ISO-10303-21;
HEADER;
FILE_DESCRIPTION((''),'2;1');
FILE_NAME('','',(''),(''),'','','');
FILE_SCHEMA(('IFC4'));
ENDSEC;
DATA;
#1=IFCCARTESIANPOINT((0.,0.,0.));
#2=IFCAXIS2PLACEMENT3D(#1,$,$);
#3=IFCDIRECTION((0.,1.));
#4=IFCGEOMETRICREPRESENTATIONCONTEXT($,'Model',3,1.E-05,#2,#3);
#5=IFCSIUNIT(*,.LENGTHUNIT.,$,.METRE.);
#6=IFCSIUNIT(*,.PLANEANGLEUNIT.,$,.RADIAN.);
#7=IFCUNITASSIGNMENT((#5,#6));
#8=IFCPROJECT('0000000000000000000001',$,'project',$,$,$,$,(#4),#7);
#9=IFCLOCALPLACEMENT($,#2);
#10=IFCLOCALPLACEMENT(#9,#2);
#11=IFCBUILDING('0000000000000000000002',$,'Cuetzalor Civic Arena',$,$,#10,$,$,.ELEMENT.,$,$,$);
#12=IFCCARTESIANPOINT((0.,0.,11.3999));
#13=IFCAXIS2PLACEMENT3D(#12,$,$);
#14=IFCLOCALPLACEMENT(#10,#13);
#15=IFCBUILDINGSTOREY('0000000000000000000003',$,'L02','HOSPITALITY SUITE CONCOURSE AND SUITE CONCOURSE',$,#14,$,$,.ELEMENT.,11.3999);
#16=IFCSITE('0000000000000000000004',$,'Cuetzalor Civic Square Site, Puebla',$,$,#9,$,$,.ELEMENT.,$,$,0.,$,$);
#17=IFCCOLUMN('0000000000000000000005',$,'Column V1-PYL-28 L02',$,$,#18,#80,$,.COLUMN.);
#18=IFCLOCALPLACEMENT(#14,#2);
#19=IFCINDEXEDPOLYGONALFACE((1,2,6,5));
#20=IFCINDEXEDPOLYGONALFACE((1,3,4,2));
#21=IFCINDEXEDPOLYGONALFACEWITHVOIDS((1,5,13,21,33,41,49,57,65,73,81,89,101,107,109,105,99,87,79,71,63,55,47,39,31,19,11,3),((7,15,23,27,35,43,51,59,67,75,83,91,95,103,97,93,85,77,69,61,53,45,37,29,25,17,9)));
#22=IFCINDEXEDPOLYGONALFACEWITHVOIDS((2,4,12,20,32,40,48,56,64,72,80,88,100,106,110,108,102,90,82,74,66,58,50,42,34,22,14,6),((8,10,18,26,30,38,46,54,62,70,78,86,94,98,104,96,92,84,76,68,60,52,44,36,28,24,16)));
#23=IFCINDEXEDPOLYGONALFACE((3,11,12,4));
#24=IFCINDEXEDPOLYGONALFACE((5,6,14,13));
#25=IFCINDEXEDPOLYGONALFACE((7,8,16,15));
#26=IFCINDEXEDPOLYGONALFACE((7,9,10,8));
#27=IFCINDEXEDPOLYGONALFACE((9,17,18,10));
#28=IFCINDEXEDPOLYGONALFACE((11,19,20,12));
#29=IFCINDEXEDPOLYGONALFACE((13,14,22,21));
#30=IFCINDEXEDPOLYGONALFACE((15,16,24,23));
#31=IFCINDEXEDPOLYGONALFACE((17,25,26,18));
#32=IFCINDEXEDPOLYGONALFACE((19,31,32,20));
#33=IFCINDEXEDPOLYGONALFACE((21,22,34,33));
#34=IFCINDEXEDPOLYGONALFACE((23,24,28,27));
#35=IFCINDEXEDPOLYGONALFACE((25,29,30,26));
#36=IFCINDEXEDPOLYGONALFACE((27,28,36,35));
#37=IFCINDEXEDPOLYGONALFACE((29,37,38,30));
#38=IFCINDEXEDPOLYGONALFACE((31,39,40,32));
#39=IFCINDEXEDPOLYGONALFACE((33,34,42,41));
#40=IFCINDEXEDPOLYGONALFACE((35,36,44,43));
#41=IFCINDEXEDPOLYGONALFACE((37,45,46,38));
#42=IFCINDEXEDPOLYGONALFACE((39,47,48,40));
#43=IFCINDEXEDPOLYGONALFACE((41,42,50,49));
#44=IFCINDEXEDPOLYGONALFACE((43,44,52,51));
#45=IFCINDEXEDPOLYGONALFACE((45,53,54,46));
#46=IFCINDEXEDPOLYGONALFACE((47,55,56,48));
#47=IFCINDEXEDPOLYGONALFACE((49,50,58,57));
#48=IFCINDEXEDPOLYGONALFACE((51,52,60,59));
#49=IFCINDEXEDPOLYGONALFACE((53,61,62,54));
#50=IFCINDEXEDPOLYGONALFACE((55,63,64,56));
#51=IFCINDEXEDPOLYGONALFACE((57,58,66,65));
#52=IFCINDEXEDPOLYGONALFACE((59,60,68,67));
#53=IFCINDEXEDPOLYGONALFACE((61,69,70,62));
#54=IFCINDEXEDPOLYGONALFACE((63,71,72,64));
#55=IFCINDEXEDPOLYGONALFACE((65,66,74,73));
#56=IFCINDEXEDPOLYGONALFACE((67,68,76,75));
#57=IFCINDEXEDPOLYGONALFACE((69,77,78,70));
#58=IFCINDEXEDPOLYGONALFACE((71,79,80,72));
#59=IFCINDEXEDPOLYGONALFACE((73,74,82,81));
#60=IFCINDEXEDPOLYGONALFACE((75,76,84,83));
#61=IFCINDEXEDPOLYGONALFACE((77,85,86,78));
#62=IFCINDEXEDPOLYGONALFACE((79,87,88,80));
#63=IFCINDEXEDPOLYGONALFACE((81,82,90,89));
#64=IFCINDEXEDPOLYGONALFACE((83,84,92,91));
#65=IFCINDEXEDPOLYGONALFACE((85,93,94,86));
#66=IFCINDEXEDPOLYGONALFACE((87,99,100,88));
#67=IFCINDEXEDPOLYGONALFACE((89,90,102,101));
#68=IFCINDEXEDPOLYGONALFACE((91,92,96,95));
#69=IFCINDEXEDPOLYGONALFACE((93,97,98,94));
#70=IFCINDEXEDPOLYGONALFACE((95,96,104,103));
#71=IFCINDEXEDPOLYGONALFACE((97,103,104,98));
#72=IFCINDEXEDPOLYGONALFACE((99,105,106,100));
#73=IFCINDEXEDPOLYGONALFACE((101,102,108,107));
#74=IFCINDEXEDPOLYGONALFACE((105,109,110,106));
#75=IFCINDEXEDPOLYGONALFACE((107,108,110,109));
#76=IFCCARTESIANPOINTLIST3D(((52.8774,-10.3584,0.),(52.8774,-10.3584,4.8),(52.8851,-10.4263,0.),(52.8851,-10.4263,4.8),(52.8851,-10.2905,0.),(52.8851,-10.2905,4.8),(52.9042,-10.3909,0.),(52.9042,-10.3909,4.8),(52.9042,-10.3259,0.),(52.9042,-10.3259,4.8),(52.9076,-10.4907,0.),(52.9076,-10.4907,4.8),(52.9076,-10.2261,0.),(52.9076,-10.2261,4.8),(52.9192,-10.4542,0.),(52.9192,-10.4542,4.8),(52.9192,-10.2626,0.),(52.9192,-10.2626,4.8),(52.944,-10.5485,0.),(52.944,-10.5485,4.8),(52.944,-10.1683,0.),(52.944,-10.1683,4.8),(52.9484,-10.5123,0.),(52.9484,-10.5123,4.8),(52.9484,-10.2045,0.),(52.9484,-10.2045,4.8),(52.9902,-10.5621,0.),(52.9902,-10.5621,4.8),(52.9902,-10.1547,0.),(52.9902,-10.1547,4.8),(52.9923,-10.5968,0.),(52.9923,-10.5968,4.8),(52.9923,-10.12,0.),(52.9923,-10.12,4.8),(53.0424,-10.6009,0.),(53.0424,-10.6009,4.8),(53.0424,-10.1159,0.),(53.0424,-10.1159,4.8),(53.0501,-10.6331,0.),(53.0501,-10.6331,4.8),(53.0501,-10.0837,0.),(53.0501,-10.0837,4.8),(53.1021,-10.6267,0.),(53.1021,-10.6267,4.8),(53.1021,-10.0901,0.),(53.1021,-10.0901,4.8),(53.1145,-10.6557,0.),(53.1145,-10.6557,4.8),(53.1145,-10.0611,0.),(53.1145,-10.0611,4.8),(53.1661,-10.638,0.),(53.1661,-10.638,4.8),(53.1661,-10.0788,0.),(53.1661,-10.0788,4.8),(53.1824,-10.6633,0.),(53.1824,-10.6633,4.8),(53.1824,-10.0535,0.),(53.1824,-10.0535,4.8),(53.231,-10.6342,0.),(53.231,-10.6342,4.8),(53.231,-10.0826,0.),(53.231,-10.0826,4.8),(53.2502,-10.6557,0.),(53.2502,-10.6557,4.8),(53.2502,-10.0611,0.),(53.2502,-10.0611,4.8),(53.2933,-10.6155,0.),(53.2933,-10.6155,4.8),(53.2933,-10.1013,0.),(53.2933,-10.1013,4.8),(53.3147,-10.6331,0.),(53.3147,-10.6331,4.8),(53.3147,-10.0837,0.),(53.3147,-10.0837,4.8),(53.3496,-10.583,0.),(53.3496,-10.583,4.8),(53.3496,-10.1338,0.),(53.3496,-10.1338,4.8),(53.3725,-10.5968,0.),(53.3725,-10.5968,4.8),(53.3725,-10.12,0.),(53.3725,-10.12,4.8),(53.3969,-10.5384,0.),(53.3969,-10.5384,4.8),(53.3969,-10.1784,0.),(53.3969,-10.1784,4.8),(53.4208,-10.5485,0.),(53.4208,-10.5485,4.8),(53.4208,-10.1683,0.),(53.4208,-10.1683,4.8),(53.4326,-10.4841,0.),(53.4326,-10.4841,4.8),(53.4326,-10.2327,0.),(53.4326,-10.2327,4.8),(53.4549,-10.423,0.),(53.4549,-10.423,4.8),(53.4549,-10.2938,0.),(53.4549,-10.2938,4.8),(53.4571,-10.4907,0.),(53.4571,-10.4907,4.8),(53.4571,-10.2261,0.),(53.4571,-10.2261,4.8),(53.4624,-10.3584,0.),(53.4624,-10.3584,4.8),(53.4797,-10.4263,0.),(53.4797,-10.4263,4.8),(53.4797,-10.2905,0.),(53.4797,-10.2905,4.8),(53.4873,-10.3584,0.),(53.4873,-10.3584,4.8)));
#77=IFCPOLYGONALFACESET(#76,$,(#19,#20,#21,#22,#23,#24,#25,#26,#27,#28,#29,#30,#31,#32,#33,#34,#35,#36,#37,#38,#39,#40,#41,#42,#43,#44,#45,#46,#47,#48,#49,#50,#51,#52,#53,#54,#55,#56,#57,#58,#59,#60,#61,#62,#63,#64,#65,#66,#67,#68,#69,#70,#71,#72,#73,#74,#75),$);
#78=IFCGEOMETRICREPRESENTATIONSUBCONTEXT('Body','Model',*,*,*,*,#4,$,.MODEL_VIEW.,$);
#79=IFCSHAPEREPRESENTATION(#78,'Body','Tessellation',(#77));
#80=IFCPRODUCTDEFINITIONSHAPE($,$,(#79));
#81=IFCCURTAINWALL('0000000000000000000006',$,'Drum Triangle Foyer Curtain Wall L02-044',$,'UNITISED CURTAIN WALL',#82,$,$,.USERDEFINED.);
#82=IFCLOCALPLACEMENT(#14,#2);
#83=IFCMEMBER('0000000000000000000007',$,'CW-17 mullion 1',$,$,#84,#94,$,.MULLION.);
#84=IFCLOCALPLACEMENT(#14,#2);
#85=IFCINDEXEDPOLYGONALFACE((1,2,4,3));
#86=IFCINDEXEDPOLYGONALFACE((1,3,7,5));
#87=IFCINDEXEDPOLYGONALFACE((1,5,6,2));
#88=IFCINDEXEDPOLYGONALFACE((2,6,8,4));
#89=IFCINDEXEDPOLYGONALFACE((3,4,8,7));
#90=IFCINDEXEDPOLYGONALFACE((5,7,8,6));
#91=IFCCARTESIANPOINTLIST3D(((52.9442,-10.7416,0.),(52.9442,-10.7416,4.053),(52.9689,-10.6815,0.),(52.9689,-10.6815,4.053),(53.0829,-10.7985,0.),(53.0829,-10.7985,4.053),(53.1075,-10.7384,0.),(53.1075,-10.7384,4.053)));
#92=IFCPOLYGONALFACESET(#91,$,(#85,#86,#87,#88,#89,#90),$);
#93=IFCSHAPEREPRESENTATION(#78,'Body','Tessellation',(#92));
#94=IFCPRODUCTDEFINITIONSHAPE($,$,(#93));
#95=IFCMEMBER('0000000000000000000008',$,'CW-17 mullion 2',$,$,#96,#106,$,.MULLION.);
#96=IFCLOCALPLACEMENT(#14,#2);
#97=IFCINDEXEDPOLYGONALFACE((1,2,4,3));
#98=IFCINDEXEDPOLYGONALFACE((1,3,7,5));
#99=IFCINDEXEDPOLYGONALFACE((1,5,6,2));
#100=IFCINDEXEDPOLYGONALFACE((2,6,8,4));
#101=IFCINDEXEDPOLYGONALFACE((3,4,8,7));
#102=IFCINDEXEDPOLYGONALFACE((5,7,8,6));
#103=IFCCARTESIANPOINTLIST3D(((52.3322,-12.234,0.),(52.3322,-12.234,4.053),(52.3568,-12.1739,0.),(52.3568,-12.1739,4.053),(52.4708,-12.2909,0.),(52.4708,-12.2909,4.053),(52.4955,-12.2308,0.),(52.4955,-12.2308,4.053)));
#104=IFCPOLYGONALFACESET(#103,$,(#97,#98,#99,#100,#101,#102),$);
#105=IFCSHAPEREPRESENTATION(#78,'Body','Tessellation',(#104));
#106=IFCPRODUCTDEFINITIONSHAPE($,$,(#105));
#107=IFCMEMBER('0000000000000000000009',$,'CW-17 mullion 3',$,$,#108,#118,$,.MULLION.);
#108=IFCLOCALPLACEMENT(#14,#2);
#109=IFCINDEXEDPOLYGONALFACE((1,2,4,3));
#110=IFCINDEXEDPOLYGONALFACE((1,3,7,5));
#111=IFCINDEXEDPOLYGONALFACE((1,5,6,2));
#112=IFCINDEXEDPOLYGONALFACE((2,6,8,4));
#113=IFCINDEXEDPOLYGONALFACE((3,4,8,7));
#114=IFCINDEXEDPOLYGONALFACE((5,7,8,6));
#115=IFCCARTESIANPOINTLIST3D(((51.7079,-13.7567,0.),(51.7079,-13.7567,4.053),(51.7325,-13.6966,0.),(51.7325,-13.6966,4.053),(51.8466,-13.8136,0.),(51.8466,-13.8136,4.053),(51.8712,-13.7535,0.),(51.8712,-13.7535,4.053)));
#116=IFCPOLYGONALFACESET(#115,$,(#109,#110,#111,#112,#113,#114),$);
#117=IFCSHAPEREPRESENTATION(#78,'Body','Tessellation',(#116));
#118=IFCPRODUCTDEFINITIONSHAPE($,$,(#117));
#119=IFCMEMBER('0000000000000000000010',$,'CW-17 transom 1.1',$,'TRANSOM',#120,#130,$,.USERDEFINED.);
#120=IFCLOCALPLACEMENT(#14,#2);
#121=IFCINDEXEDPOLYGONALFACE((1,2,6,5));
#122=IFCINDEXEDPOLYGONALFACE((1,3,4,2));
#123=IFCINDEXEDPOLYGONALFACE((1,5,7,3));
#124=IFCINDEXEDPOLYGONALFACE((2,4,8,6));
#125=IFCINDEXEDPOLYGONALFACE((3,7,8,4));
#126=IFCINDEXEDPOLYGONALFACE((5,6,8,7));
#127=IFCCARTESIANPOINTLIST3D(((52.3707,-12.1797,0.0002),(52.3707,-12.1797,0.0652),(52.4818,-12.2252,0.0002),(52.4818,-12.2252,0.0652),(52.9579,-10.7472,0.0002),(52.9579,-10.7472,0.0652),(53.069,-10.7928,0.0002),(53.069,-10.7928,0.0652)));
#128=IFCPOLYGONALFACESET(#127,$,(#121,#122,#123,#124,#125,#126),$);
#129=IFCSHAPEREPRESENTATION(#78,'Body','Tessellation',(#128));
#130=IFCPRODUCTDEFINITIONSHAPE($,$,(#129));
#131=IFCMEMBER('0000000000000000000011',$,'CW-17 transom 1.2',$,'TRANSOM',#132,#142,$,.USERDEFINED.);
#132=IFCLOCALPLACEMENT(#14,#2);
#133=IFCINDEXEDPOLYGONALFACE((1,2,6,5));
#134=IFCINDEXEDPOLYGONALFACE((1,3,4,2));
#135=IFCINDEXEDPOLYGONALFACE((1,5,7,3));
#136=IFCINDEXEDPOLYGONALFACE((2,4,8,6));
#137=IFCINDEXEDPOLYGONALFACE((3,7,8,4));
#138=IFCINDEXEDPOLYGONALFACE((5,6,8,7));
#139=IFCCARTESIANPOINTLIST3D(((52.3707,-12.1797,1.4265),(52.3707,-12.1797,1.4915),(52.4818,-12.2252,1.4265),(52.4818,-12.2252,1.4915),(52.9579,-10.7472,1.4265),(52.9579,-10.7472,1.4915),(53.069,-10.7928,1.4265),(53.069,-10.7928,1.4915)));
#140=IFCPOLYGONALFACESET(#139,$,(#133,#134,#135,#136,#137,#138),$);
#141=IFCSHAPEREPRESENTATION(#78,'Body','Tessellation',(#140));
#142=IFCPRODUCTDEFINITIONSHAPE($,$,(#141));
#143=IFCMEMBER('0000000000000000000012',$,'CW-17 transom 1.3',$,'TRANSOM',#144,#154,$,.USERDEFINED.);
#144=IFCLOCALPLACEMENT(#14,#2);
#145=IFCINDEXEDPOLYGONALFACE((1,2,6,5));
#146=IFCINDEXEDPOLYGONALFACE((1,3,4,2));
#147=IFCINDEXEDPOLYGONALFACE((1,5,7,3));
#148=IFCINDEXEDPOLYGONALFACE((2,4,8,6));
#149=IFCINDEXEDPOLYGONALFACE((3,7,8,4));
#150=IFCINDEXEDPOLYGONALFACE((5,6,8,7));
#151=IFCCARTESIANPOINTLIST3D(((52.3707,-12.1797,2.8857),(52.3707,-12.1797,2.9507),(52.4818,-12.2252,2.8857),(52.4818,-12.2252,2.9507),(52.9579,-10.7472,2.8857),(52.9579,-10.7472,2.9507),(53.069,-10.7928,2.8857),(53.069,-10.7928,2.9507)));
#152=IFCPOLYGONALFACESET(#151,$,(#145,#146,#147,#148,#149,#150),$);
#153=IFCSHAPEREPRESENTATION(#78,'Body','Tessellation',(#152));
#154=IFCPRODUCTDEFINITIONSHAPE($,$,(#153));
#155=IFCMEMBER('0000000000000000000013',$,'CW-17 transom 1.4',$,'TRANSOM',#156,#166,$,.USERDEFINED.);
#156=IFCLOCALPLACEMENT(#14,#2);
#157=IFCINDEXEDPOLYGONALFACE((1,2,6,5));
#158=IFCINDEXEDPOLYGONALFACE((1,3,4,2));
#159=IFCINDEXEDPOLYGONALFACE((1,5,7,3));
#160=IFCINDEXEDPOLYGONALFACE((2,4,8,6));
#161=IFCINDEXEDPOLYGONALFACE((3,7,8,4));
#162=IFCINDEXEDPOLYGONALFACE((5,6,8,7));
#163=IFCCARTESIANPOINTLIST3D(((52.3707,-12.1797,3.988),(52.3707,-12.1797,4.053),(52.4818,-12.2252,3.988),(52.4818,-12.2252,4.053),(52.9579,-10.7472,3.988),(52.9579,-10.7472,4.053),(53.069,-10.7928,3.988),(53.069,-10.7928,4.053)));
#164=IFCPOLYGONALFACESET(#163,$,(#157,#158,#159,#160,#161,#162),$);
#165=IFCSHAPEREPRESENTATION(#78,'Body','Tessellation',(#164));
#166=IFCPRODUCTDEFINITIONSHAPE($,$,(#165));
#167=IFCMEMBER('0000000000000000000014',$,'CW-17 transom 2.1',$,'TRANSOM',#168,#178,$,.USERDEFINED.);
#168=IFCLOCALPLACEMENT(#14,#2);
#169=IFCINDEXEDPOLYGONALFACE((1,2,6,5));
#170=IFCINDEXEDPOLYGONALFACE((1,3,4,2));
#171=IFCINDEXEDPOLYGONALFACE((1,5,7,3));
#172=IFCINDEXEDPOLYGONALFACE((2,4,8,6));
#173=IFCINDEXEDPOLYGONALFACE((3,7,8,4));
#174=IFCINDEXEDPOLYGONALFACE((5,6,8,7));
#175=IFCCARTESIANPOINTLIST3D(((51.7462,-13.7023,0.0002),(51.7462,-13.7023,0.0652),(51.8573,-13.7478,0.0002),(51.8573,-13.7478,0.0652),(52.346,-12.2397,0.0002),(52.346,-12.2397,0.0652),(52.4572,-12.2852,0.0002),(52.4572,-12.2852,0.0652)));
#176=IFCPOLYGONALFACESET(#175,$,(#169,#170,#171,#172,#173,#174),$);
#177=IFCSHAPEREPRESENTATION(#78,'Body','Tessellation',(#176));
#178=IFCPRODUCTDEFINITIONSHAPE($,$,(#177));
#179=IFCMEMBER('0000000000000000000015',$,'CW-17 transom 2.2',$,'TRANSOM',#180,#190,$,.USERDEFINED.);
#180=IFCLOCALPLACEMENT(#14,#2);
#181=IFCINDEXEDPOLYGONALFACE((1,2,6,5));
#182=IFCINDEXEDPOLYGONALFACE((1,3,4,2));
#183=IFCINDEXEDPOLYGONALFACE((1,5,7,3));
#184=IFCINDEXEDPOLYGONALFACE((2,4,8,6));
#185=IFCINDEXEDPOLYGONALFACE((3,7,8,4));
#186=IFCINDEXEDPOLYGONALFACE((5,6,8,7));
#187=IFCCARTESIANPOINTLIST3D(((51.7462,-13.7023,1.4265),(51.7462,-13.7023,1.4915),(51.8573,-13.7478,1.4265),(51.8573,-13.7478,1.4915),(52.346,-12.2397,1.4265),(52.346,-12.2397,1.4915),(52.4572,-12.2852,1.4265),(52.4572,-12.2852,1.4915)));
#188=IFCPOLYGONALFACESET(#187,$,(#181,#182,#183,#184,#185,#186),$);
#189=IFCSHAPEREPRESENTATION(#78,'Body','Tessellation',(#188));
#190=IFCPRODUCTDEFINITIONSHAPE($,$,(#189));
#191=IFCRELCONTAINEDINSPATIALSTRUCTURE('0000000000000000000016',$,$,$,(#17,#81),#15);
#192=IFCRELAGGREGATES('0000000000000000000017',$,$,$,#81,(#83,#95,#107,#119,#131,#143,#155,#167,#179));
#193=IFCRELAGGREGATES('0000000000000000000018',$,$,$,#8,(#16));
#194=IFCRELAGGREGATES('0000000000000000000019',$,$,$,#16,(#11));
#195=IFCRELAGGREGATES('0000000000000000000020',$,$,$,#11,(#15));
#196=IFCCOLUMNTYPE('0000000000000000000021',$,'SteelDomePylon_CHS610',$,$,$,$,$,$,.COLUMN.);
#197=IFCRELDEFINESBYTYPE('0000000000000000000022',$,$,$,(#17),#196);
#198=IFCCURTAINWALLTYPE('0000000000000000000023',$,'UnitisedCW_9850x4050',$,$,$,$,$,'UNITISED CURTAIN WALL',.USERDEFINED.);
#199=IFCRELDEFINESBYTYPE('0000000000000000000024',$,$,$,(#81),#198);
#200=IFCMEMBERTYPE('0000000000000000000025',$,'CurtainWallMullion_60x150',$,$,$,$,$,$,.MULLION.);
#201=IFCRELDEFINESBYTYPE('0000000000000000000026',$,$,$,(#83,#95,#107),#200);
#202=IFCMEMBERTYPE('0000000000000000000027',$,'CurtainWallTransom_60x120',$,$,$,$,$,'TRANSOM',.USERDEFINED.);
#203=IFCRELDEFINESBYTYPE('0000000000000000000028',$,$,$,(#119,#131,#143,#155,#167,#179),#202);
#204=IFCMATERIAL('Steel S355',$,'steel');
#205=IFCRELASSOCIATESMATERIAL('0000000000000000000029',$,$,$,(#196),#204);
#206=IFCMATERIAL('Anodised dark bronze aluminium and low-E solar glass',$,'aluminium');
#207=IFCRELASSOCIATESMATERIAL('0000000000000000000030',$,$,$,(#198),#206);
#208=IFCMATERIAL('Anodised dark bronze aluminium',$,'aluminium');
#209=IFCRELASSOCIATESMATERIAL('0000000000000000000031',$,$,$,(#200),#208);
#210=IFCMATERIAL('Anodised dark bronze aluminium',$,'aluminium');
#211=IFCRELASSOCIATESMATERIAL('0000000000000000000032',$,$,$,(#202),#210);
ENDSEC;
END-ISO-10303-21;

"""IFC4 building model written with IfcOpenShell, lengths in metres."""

from ifc_helpers import new_model, si_unit, direction, frame, origin, origin_2d, place, context, subcontext, project, spatial, rectangle, hollow_circle, extrude, material, material_profile, profile_set, type_object, element, aggregate, save


model = new_model("IFC4")

# Units and contexts
model_context = context("Model", 3, precision=1e-05, world=origin(), true_north=direction((0.0, 1.0)))
body_context = subcontext(model_context, "Body", "Model", "MODEL_VIEW")
ifc_project = project(units=[si_unit("LENGTHUNIT", "METRE"), si_unit("PLANEANGLEUNIT", "RADIAN")], contexts=[model_context])

# Site, building, storey
site_placement = place(None, origin())
site = spatial("IfcSite", under=ifc_project, at=site_placement, Name="Cuetzalor Civic Square Site, Puebla", CompositionType="ELEMENT", RefElevation=0.0)
building_placement = place(site_placement, origin())
building = spatial("IfcBuilding", under=site, at=building_placement, Name="Cuetzalor Civic Arena", CompositionType="ELEMENT")
storey_placement = place(building_placement, frame((0.0, 0.0, 11.3999)))
storey = spatial("IfcBuildingStorey", under=building, at=storey_placement, Name="L02", Description="HOSPITALITY SUITE CONCOURSE AND SUITE CONCOURSE", CompositionType="ELEMENT", Elevation=11.3999)

# Column
ifc_material_1 = material(Name="Steel S355", Category="steel")
ifc_material_profile_1 = material_profile(ifc_material_1, hollow_circle(Radius=0.3049, WallThickness=0.0249, at=origin_2d()), Name="CHS 610x25")
ifc_profile_set_1 = profile_set([ifc_material_profile_1], Name="Steel S355")
column_type = type_object("IfcColumnType", Name="SteelDomePylon_CHS610", PredefinedType="COLUMN", material=ifc_profile_set_1)
column_placement = place(storey_placement, frame((53.1824, -10.3584, 0.0), z_axis=(0.0, 0.0, 1.0), x_axis=(1.0, 0.0, 0.0)))
element("IfcColumn", 1, at=column_placement, inside=storey, type_object=column_type, Name="Column V1-PYL-28 L02", PredefinedType="COLUMN", context=body_context, shape_type="SweptSolid", body=[
    extrude(hollow_circle(Radius=0.3049, WallThickness=0.0249, at=origin_2d()), origin(), (0.0, 0.0, 1.0), 4.8),
])

# Curtain wall, members
ifc_material_2 = material(Name="Anodised dark bronze aluminium and low-E solar glass", Category="aluminium")
curtain_wall_type = type_object("IfcCurtainWallType", Name="UnitisedCW_9850x4050", ElementType="UNITISED CURTAIN WALL", PredefinedType="USERDEFINED", material=ifc_material_2)
curtain_wall_placement = place(storey_placement, origin())
curtain_wall = element("IfcCurtainWall", 2, at=curtain_wall_placement, inside=storey, type_object=curtain_wall_type, Name="Drum Triangle Foyer Curtain Wall L02-044", ObjectType="UNITISED CURTAIN WALL", PredefinedType="USERDEFINED")
ifc_material_3 = material(Name="Anodised dark bronze aluminium", Category="aluminium")
ifc_material_profile_2 = material_profile(ifc_material_3, rectangle(XDim=0.0649, YDim=0.1499, at=origin_2d()), Name="ALU MULLION 65x150")
ifc_profile_set_2 = profile_set([ifc_material_profile_2], Name="Anodised dark bronze aluminium")
member_type_1 = type_object("IfcMemberType", Name="CurtainWallMullion_60x150", PredefinedType="MULLION", material=ifc_profile_set_2)
member_1_placement = place(storey_placement, frame((53.0259, -10.74, 0.0), z_axis=(0.0, 0.0, 1.0), x_axis=(-0.379391, -0.925236, 0.0)))
member_1 = element("IfcMember", 3, at=member_1_placement, type_object=member_type_1, Name="CW-17 mullion 1", PredefinedType="MULLION", context=body_context, shape_type="SweptSolid", body=[
    extrude(rectangle(XDim=0.0649, YDim=0.1499, at=origin_2d()), origin(), (0.0, 0.0, 1.0), 4.053),
])
member_2_placement = place(storey_placement, frame((52.4138, -12.2324, 0.0), z_axis=(0.0, 0.0, 1.0), x_axis=(-0.379391, -0.925236, 0.0)))
member_2 = element("IfcMember", 4, at=member_2_placement, type_object=member_type_1, Name="CW-17 mullion 2", PredefinedType="MULLION", context=body_context, shape_type="SweptSolid", body=[
    extrude(rectangle(XDim=0.0649, YDim=0.1499, at=origin_2d()), origin(), (0.0, 0.0, 1.0), 4.053),
])
member_3_placement = place(storey_placement, frame((51.7896, -13.7551, 0.0), z_axis=(0.0, 0.0, 1.0), x_axis=(-0.379391, -0.925236, 0.0)))
member_3 = element("IfcMember", 5, at=member_3_placement, type_object=member_type_1, Name="CW-17 mullion 3", PredefinedType="MULLION", context=body_context, shape_type="SweptSolid", body=[
    extrude(rectangle(XDim=0.0649, YDim=0.1499, at=origin_2d()), origin(), (0.0, 0.0, 1.0), 4.053),
])
ifc_material_4 = material(Name="Anodised dark bronze aluminium", Category="aluminium")
ifc_material_profile_3 = material_profile(ifc_material_4, rectangle(XDim=0.1201, YDim=0.0649, at=origin_2d()), Name="ALU TRANSOM 65x120")
ifc_profile_set_3 = profile_set([ifc_material_profile_3], Name="Anodised dark bronze aluminium")
member_type_2 = type_object("IfcMemberType", Name="CurtainWallTransom_60x120", ElementType="TRANSOM", PredefinedType="USERDEFINED", material=ifc_profile_set_3)
member_4_placement = place(storey_placement, frame((53.0134, -10.77, 0.0327), z_axis=(-0.37929, -0.925278, 0.0), x_axis=(0.925278, -0.37929, 0.0)))
member_4 = element("IfcMember", 6, at=member_4_placement, type_object=member_type_2, Name="CW-17 transom 1.1", ObjectType="TRANSOM", PredefinedType="USERDEFINED", context=body_context, shape_type="SweptSolid", body=[
    extrude(rectangle(XDim=0.1201, YDim=0.0649, at=origin_2d()), origin(), (0.0, 0.0, 1.0), 1.5481),
])
member_5_placement = place(storey_placement, frame((53.0134, -10.77, 1.459), z_axis=(-0.37929, -0.925278, 0.0), x_axis=(0.925278, -0.37929, 0.0)))
member_5 = element("IfcMember", 7, at=member_5_placement, type_object=member_type_2, Name="CW-17 transom 1.2", ObjectType="TRANSOM", PredefinedType="USERDEFINED", context=body_context, shape_type="SweptSolid", body=[
    extrude(rectangle(XDim=0.1201, YDim=0.0649, at=origin_2d()), origin(), (0.0, 0.0, 1.0), 1.5481),
])
member_6_placement = place(storey_placement, frame((53.0134, -10.77, 2.9182), z_axis=(-0.37929, -0.925278, 0.0), x_axis=(0.925278, -0.37929, 0.0)))
member_6 = element("IfcMember", 8, at=member_6_placement, type_object=member_type_2, Name="CW-17 transom 1.3", ObjectType="TRANSOM", PredefinedType="USERDEFINED", context=body_context, shape_type="SweptSolid", body=[
    extrude(rectangle(XDim=0.1201, YDim=0.0649, at=origin_2d()), origin(), (0.0, 0.0, 1.0), 1.5481),
])
member_7_placement = place(storey_placement, frame((53.0134, -10.77, 4.0205), z_axis=(-0.37929, -0.925278, 0.0), x_axis=(0.925278, -0.37929, 0.0)))
member_7 = element("IfcMember", 9, at=member_7_placement, type_object=member_type_2, Name="CW-17 transom 1.4", ObjectType="TRANSOM", PredefinedType="USERDEFINED", context=body_context, shape_type="SweptSolid", body=[
    extrude(rectangle(XDim=0.1201, YDim=0.0649, at=origin_2d()), origin(), (0.0, 0.0, 1.0), 1.5481),
])
member_8_placement = place(storey_placement, frame((52.4016, -12.2625, 0.0327), z_axis=(-0.379445, -0.925214, 0.0), x_axis=(0.925214, -0.379445, 0.0)))
member_8 = element("IfcMember", 10, at=member_8_placement, type_object=member_type_2, Name="CW-17 transom 2.1", ObjectType="TRANSOM", PredefinedType="USERDEFINED", context=body_context, shape_type="SweptSolid", body=[
    extrude(rectangle(XDim=0.1201, YDim=0.0649, at=origin_2d()), origin(), (0.0, 0.0, 1.0), 1.5808),
])
member_9_placement = place(storey_placement, frame((52.4016, -12.2625, 1.459), z_axis=(-0.379445, -0.925214, 0.0), x_axis=(0.925214, -0.379445, 0.0)))
member_9 = element("IfcMember", 11, at=member_9_placement, type_object=member_type_2, Name="CW-17 transom 2.2", ObjectType="TRANSOM", PredefinedType="USERDEFINED", context=body_context, shape_type="SweptSolid", body=[
    extrude(rectangle(XDim=0.1201, YDim=0.0649, at=origin_2d()), origin(), (0.0, 0.0, 1.0), 1.5808),
])

aggregate(curtain_wall, [member_1, member_2, member_3, member_4, member_5, member_6, member_7, member_8, member_9])

save(model, "model.ifc")
